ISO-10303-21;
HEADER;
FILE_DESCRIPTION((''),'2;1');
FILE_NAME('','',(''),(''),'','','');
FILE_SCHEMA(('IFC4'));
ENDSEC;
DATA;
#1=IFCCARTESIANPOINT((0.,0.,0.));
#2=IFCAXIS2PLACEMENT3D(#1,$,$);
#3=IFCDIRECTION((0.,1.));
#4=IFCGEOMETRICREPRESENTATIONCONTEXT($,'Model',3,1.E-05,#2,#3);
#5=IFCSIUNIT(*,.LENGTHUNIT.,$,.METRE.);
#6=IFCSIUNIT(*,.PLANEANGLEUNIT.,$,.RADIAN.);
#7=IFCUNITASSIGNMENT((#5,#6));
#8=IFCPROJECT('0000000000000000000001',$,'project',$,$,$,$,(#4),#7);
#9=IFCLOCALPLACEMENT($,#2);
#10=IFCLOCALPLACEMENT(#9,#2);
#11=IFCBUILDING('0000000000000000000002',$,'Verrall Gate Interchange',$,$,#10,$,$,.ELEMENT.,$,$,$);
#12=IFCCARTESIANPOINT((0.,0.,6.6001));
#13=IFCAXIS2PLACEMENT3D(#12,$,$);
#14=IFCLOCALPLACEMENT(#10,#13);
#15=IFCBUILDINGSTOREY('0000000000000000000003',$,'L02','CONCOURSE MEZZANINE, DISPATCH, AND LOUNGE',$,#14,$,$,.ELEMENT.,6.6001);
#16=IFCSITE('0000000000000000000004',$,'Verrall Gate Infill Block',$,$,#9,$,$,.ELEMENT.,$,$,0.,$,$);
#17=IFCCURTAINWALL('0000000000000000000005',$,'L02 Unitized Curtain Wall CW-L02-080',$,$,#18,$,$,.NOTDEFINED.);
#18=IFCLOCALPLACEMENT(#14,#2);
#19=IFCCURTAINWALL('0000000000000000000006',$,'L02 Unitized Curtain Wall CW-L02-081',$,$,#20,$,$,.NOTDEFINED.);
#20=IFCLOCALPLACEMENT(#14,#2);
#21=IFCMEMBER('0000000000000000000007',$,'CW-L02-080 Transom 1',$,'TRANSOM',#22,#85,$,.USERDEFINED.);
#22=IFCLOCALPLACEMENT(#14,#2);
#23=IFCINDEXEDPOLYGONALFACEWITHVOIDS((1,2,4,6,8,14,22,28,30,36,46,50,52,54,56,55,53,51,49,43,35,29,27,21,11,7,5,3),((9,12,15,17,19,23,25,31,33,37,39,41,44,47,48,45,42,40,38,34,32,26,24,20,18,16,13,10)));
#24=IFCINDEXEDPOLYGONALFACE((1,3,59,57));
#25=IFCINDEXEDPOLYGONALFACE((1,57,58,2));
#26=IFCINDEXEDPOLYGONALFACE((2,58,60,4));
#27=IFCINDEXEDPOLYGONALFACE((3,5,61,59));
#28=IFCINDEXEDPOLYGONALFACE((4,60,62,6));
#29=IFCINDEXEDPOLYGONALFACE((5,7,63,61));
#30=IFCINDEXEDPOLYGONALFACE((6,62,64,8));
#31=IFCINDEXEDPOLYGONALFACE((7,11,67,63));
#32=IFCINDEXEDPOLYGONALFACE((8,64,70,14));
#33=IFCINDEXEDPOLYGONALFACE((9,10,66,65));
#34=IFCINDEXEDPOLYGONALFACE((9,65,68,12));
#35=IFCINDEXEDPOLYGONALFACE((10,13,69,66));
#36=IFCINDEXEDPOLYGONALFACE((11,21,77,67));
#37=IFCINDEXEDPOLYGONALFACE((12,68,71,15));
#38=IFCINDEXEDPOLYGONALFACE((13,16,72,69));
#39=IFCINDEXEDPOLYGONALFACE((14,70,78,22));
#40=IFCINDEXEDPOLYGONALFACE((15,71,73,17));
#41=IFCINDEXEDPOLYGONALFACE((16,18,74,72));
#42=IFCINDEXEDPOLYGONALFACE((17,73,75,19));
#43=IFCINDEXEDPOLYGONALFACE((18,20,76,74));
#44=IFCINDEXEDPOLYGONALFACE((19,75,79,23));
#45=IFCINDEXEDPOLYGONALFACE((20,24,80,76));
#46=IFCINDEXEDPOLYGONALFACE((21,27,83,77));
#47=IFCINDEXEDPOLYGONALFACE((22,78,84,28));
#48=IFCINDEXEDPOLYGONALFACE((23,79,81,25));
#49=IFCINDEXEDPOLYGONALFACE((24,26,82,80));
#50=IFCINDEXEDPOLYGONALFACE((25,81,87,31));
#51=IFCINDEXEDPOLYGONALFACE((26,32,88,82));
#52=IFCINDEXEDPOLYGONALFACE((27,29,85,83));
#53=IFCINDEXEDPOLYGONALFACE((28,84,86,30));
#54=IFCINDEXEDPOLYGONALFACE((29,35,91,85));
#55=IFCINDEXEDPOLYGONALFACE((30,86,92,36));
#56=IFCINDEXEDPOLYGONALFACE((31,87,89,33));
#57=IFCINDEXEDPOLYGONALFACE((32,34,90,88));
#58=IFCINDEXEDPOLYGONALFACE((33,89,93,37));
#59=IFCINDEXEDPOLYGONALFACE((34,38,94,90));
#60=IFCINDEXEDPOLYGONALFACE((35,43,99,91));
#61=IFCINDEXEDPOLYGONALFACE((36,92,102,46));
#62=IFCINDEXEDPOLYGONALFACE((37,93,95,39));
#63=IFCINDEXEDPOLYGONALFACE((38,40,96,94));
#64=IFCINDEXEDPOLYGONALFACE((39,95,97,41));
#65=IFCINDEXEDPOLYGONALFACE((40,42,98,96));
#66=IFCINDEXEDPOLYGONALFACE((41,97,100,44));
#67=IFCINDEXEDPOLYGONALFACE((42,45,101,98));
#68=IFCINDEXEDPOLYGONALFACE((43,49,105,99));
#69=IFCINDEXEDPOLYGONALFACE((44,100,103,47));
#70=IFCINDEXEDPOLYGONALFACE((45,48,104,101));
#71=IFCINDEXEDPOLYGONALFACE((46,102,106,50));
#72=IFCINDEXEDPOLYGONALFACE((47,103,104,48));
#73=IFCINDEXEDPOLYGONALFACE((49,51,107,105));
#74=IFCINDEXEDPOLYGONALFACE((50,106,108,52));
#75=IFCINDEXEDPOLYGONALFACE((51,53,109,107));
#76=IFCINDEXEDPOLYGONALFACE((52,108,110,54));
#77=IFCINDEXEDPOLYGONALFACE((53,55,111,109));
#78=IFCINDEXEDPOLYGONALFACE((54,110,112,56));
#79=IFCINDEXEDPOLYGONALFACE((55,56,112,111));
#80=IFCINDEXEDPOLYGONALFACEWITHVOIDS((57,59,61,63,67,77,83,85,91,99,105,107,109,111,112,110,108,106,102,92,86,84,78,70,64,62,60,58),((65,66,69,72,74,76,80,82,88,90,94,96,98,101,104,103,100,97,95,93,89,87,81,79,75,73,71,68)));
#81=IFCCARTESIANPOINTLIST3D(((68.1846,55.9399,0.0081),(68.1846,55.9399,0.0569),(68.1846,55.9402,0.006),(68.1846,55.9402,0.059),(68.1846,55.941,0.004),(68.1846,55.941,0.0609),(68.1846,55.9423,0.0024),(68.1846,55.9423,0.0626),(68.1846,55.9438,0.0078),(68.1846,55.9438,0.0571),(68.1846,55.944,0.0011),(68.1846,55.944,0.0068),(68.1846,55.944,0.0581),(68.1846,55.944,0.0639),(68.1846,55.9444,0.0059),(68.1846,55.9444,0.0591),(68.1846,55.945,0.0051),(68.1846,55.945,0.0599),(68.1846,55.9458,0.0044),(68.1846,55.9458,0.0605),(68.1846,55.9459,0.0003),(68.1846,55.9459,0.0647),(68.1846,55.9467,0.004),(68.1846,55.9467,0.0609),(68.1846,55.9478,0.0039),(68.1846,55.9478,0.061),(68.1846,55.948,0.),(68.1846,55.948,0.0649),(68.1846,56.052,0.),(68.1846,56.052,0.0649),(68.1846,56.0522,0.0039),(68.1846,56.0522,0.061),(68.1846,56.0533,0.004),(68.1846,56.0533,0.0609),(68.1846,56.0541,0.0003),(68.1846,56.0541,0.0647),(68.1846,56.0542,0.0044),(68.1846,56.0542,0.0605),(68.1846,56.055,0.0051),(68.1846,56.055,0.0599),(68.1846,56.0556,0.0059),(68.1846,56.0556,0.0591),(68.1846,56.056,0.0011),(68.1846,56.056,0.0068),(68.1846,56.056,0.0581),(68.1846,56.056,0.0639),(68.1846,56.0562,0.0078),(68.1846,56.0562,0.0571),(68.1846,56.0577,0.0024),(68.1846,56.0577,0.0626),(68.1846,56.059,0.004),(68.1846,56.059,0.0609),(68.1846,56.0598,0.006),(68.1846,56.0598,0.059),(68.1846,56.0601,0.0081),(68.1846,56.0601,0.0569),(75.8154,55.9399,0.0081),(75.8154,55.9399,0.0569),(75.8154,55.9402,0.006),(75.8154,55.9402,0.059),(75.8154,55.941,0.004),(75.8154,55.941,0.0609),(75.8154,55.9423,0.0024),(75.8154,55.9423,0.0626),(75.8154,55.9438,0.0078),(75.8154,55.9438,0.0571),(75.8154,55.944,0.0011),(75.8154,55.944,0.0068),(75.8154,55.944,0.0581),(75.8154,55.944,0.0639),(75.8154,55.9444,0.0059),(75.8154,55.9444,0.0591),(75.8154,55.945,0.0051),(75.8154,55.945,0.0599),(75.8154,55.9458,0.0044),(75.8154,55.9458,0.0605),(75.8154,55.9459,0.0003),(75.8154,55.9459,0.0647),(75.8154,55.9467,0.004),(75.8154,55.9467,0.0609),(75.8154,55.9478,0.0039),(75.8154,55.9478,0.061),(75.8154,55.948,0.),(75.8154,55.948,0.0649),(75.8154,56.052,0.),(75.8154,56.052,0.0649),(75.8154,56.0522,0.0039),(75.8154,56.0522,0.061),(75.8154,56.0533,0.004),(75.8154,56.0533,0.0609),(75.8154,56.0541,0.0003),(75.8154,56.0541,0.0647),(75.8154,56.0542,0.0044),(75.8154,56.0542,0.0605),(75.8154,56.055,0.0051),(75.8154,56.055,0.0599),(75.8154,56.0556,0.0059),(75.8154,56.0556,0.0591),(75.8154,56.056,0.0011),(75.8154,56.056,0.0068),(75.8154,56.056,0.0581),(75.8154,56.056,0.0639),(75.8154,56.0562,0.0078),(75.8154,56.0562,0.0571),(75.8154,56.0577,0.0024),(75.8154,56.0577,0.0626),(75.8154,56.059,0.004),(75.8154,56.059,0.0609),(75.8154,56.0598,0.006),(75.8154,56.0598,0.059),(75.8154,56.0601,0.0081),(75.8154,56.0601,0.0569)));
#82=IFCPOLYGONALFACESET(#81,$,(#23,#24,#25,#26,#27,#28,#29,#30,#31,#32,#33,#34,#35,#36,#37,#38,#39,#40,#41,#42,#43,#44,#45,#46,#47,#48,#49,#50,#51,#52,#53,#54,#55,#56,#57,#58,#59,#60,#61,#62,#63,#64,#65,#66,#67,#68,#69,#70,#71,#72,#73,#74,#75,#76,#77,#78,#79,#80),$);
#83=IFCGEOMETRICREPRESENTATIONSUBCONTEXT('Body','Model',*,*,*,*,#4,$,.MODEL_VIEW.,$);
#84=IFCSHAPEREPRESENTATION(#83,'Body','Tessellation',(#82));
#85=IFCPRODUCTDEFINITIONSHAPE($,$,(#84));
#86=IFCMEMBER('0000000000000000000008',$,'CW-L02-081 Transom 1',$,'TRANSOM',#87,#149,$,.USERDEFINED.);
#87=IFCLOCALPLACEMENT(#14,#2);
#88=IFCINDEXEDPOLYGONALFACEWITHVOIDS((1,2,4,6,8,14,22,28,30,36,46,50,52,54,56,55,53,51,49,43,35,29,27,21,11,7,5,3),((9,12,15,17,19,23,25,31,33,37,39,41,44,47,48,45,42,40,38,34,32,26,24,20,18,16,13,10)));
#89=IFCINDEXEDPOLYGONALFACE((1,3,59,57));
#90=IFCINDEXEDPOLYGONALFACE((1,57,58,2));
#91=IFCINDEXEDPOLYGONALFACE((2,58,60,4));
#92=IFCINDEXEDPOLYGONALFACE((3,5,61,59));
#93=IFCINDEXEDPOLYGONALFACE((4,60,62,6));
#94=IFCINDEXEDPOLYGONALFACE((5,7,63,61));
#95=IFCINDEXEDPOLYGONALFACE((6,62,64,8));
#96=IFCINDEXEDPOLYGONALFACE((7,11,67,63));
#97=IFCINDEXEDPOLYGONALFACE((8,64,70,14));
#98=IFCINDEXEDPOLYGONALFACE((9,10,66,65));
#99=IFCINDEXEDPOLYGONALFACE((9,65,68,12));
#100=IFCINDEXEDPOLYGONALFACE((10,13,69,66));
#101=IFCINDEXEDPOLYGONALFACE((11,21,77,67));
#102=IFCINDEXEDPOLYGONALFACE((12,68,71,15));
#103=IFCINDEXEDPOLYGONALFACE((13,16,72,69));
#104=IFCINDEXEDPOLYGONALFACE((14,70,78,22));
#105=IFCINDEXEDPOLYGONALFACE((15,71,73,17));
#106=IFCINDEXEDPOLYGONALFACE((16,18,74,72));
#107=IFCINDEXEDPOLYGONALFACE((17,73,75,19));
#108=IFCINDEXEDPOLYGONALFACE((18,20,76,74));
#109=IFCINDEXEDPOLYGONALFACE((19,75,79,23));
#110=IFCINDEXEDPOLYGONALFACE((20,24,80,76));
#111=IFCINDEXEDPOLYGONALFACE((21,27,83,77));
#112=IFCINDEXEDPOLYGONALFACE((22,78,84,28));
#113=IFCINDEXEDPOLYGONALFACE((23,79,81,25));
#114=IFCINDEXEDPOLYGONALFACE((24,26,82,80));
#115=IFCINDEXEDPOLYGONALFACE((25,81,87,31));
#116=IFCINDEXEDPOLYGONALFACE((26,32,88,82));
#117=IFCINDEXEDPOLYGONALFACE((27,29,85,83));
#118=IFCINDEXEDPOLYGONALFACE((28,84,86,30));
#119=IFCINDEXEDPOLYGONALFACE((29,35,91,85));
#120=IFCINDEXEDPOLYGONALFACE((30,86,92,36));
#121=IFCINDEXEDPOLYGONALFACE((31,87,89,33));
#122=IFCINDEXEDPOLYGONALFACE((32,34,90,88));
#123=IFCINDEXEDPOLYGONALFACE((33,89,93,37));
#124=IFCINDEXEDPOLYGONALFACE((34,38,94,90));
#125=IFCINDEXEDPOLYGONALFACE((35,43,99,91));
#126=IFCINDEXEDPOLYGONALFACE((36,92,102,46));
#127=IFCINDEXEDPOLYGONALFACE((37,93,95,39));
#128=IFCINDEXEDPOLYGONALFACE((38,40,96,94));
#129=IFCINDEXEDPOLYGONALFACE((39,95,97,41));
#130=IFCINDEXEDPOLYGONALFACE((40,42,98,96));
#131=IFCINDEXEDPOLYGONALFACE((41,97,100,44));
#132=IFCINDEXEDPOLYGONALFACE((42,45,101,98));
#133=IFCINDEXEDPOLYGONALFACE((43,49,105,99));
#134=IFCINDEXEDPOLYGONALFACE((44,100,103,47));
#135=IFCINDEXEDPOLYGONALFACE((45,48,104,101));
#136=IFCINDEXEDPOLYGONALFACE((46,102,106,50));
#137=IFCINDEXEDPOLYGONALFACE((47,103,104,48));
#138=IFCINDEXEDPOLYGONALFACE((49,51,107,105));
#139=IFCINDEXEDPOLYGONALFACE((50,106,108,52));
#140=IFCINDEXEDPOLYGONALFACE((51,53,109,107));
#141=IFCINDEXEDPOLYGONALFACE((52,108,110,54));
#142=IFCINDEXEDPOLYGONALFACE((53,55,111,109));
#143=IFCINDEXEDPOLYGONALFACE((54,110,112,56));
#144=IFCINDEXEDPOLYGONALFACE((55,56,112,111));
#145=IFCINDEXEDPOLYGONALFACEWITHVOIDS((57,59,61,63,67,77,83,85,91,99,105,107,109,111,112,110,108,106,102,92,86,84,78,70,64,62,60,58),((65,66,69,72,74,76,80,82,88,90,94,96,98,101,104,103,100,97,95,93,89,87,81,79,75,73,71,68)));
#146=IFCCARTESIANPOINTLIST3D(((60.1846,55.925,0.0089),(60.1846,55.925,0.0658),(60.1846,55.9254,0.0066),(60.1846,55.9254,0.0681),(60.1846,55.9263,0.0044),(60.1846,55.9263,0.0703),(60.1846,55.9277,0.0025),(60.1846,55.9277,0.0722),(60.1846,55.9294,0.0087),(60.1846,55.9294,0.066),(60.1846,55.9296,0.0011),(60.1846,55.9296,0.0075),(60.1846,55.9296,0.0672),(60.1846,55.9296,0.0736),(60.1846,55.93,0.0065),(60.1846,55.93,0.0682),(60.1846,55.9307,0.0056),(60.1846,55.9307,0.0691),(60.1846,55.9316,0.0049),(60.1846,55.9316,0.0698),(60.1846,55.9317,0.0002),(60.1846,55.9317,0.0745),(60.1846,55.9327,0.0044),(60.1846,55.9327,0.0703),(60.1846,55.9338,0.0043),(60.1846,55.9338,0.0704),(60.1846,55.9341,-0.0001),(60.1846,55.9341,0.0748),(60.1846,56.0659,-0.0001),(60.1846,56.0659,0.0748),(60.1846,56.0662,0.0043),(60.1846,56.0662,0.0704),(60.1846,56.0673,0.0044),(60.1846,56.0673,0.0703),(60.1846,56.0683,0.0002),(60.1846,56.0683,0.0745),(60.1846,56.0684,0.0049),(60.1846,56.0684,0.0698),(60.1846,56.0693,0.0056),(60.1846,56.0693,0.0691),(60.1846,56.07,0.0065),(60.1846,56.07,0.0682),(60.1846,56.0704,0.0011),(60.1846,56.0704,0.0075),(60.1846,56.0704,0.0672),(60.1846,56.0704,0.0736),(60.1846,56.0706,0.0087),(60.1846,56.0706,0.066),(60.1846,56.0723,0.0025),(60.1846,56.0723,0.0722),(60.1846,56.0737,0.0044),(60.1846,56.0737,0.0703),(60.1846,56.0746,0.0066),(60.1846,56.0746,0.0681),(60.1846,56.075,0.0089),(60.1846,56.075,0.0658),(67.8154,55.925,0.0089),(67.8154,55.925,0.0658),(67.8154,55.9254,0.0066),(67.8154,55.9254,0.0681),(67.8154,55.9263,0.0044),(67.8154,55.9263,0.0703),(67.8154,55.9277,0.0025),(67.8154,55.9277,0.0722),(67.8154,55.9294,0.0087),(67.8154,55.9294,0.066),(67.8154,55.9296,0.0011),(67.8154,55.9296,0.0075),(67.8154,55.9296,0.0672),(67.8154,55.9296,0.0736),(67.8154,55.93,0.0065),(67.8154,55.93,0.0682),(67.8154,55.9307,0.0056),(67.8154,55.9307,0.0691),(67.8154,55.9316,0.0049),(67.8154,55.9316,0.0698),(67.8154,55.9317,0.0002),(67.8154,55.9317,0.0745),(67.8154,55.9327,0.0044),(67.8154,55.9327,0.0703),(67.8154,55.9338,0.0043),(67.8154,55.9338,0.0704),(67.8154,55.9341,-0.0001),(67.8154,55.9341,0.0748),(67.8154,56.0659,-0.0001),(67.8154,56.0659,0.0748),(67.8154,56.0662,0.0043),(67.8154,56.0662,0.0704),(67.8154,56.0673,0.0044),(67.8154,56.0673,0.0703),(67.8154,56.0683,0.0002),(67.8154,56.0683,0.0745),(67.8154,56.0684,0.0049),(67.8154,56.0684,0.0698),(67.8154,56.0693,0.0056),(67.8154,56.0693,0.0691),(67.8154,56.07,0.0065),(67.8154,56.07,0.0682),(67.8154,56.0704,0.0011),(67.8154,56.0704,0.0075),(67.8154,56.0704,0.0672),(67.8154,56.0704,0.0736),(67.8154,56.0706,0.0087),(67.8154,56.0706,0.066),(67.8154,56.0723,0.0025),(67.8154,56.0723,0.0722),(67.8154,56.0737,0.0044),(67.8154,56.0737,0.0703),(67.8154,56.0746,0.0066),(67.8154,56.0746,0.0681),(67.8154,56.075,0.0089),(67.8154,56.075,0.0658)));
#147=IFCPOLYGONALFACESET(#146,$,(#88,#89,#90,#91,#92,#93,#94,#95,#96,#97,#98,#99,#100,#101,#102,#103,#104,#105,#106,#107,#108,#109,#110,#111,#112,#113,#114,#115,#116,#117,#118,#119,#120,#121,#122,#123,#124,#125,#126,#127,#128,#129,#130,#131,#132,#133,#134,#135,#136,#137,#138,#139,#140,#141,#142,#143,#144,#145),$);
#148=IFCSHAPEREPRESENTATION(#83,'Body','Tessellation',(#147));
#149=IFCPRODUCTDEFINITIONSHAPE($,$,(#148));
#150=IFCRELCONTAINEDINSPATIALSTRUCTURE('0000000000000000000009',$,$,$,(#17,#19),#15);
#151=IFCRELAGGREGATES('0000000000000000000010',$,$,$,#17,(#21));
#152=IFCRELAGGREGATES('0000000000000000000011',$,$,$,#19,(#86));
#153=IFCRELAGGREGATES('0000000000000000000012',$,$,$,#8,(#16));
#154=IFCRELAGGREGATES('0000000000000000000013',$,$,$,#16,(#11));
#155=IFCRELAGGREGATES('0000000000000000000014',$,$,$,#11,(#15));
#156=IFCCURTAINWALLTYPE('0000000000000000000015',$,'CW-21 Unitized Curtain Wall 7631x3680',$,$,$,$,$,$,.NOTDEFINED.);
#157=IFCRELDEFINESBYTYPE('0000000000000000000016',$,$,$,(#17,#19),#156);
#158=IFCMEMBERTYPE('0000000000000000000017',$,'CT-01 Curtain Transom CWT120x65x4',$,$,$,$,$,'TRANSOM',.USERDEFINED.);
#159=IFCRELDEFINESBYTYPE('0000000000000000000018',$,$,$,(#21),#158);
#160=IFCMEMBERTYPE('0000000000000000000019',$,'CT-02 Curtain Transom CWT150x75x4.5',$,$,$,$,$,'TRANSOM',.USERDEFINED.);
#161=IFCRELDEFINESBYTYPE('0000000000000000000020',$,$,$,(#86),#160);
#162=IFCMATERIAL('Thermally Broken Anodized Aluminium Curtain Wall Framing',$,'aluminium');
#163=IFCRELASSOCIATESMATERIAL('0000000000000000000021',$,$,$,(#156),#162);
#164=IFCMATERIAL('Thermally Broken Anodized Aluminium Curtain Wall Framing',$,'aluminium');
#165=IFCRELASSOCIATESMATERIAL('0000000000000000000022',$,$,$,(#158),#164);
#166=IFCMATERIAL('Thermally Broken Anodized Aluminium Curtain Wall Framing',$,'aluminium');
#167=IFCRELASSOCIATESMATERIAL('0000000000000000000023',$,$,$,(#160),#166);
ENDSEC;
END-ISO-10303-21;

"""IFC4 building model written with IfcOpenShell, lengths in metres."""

from ifc_helpers import new_model, si_unit, direction, frame, origin, origin_2d, place, context, subcontext, project, spatial, hollow_rectangle, extrude, material, material_profile, profile_set, type_object, element, aggregate, save


model = new_model("IFC4")

# Units and contexts
model_context = context("Model", 3, precision=1e-05, world=origin(), true_north=direction((0.0, 1.0)))
body_context = subcontext(model_context, "Body", "Model", "MODEL_VIEW")
ifc_project = project(units=[si_unit("LENGTHUNIT", "METRE"), si_unit("PLANEANGLEUNIT", "RADIAN")], contexts=[model_context])

# Site, building, storey
site_placement = place(None, origin())
site = spatial("IfcSite", under=ifc_project, at=site_placement, Name="Verrall Gate Infill Block", CompositionType="ELEMENT", RefElevation=0.0)
building_placement = place(site_placement, origin())
building = spatial("IfcBuilding", under=site, at=building_placement, Name="Verrall Gate Interchange", CompositionType="ELEMENT")
storey_placement = place(building_placement, frame((0.0, 0.0, 6.6001)))
storey = spatial("IfcBuildingStorey", under=building, at=storey_placement, Name="L02", Description="CONCOURSE MEZZANINE, DISPATCH, AND LOUNGE", CompositionType="ELEMENT", Elevation=6.6001)

# Curtain walls
ifc_material_1 = material(Name="Thermally Broken Anodized Aluminium Curtain Wall Framing", Category="aluminium")
curtain_wall_type = type_object("IfcCurtainWallType", Name="CW-21 Unitized Curtain Wall 7631x3680", PredefinedType="NOTDEFINED", material=ifc_material_1)
curtain_wall_1_placement = place(storey_placement, origin())
curtain_wall_1 = element("IfcCurtainWall", 1, at=curtain_wall_1_placement, inside=storey, type_object=curtain_wall_type, Name="L02 Unitized Curtain Wall CW-L02-080", PredefinedType="NOTDEFINED")
curtain_wall_2_placement = place(storey_placement, origin())
curtain_wall_2 = element("IfcCurtainWall", 2, at=curtain_wall_2_placement, inside=storey, type_object=curtain_wall_type, Name="L02 Unitized Curtain Wall CW-L02-081", PredefinedType="NOTDEFINED")

# Members
ifc_material_2 = material(Name="Thermally Broken Anodized Aluminium Curtain Wall Framing", Category="aluminium")
ifc_material_profile_1 = material_profile(ifc_material_2, hollow_rectangle(XDim=0.1201, YDim=0.0649, WallThickness=0.0039, InnerFilletRadius=0.0039, OuterFilletRadius=0.0081, at=origin_2d()), Name="CWT120x65x4")
ifc_profile_set_1 = profile_set([ifc_material_profile_1], Name="Thermally Broken Anodized Aluminium Curtain Wall Framing")
member_type_1 = type_object("IfcMemberType", Name="CT-01 Curtain Transom CWT120x65x4", ElementType="TRANSOM", PredefinedType="USERDEFINED", material=ifc_profile_set_1)
member_1_placement = place(storey_placement, frame((75.8154, 56.0, 0.0325), z_axis=(-1.0, 0.0, 0.0), x_axis=(0.0, -1.0, 0.0)))
member_1 = element("IfcMember", 3, at=member_1_placement, type_object=member_type_1, Name="CW-L02-080 Transom 1", ObjectType="TRANSOM", PredefinedType="USERDEFINED", context=body_context, shape_type="SweptSolid", body=[
    extrude(hollow_rectangle(XDim=0.1201, YDim=0.0649, WallThickness=0.0039, InnerFilletRadius=0.0039, OuterFilletRadius=0.0081, at=origin_2d()), origin(), (0.0, 0.0, 1.0), 7.6309),
])
ifc_material_3 = material(Name="Thermally Broken Anodized Aluminium Curtain Wall Framing", Category="aluminium")
ifc_material_profile_2 = material_profile(ifc_material_3, hollow_rectangle(XDim=0.1499, YDim=0.075, WallThickness=0.0044, InnerFilletRadius=0.0044, OuterFilletRadius=0.009, at=origin_2d()), Name="CWT150x75x4.5")
ifc_profile_set_2 = profile_set([ifc_material_profile_2], Name="Thermally Broken Anodized Aluminium Curtain Wall Framing")
member_type_2 = type_object("IfcMemberType", Name="CT-02 Curtain Transom CWT150x75x4.5", ElementType="TRANSOM", PredefinedType="USERDEFINED", material=ifc_profile_set_2)
member_2_placement = place(storey_placement, frame((67.8154, 56.0, 0.0374), z_axis=(-1.0, 0.0, 0.0), x_axis=(0.0, -1.0, 0.0)))
member_2 = element("IfcMember", 4, at=member_2_placement, type_object=member_type_2, Name="CW-L02-081 Transom 1", ObjectType="TRANSOM", PredefinedType="USERDEFINED", context=body_context, shape_type="SweptSolid", body=[
    extrude(hollow_rectangle(XDim=0.1499, YDim=0.075, WallThickness=0.0044, InnerFilletRadius=0.0044, OuterFilletRadius=0.009, at=origin_2d()), origin(), (0.0, 0.0, 1.0), 7.6309),
])

aggregate(curtain_wall_1, [member_1])
aggregate(curtain_wall_2, [member_2])

save(model, "model.ifc")
